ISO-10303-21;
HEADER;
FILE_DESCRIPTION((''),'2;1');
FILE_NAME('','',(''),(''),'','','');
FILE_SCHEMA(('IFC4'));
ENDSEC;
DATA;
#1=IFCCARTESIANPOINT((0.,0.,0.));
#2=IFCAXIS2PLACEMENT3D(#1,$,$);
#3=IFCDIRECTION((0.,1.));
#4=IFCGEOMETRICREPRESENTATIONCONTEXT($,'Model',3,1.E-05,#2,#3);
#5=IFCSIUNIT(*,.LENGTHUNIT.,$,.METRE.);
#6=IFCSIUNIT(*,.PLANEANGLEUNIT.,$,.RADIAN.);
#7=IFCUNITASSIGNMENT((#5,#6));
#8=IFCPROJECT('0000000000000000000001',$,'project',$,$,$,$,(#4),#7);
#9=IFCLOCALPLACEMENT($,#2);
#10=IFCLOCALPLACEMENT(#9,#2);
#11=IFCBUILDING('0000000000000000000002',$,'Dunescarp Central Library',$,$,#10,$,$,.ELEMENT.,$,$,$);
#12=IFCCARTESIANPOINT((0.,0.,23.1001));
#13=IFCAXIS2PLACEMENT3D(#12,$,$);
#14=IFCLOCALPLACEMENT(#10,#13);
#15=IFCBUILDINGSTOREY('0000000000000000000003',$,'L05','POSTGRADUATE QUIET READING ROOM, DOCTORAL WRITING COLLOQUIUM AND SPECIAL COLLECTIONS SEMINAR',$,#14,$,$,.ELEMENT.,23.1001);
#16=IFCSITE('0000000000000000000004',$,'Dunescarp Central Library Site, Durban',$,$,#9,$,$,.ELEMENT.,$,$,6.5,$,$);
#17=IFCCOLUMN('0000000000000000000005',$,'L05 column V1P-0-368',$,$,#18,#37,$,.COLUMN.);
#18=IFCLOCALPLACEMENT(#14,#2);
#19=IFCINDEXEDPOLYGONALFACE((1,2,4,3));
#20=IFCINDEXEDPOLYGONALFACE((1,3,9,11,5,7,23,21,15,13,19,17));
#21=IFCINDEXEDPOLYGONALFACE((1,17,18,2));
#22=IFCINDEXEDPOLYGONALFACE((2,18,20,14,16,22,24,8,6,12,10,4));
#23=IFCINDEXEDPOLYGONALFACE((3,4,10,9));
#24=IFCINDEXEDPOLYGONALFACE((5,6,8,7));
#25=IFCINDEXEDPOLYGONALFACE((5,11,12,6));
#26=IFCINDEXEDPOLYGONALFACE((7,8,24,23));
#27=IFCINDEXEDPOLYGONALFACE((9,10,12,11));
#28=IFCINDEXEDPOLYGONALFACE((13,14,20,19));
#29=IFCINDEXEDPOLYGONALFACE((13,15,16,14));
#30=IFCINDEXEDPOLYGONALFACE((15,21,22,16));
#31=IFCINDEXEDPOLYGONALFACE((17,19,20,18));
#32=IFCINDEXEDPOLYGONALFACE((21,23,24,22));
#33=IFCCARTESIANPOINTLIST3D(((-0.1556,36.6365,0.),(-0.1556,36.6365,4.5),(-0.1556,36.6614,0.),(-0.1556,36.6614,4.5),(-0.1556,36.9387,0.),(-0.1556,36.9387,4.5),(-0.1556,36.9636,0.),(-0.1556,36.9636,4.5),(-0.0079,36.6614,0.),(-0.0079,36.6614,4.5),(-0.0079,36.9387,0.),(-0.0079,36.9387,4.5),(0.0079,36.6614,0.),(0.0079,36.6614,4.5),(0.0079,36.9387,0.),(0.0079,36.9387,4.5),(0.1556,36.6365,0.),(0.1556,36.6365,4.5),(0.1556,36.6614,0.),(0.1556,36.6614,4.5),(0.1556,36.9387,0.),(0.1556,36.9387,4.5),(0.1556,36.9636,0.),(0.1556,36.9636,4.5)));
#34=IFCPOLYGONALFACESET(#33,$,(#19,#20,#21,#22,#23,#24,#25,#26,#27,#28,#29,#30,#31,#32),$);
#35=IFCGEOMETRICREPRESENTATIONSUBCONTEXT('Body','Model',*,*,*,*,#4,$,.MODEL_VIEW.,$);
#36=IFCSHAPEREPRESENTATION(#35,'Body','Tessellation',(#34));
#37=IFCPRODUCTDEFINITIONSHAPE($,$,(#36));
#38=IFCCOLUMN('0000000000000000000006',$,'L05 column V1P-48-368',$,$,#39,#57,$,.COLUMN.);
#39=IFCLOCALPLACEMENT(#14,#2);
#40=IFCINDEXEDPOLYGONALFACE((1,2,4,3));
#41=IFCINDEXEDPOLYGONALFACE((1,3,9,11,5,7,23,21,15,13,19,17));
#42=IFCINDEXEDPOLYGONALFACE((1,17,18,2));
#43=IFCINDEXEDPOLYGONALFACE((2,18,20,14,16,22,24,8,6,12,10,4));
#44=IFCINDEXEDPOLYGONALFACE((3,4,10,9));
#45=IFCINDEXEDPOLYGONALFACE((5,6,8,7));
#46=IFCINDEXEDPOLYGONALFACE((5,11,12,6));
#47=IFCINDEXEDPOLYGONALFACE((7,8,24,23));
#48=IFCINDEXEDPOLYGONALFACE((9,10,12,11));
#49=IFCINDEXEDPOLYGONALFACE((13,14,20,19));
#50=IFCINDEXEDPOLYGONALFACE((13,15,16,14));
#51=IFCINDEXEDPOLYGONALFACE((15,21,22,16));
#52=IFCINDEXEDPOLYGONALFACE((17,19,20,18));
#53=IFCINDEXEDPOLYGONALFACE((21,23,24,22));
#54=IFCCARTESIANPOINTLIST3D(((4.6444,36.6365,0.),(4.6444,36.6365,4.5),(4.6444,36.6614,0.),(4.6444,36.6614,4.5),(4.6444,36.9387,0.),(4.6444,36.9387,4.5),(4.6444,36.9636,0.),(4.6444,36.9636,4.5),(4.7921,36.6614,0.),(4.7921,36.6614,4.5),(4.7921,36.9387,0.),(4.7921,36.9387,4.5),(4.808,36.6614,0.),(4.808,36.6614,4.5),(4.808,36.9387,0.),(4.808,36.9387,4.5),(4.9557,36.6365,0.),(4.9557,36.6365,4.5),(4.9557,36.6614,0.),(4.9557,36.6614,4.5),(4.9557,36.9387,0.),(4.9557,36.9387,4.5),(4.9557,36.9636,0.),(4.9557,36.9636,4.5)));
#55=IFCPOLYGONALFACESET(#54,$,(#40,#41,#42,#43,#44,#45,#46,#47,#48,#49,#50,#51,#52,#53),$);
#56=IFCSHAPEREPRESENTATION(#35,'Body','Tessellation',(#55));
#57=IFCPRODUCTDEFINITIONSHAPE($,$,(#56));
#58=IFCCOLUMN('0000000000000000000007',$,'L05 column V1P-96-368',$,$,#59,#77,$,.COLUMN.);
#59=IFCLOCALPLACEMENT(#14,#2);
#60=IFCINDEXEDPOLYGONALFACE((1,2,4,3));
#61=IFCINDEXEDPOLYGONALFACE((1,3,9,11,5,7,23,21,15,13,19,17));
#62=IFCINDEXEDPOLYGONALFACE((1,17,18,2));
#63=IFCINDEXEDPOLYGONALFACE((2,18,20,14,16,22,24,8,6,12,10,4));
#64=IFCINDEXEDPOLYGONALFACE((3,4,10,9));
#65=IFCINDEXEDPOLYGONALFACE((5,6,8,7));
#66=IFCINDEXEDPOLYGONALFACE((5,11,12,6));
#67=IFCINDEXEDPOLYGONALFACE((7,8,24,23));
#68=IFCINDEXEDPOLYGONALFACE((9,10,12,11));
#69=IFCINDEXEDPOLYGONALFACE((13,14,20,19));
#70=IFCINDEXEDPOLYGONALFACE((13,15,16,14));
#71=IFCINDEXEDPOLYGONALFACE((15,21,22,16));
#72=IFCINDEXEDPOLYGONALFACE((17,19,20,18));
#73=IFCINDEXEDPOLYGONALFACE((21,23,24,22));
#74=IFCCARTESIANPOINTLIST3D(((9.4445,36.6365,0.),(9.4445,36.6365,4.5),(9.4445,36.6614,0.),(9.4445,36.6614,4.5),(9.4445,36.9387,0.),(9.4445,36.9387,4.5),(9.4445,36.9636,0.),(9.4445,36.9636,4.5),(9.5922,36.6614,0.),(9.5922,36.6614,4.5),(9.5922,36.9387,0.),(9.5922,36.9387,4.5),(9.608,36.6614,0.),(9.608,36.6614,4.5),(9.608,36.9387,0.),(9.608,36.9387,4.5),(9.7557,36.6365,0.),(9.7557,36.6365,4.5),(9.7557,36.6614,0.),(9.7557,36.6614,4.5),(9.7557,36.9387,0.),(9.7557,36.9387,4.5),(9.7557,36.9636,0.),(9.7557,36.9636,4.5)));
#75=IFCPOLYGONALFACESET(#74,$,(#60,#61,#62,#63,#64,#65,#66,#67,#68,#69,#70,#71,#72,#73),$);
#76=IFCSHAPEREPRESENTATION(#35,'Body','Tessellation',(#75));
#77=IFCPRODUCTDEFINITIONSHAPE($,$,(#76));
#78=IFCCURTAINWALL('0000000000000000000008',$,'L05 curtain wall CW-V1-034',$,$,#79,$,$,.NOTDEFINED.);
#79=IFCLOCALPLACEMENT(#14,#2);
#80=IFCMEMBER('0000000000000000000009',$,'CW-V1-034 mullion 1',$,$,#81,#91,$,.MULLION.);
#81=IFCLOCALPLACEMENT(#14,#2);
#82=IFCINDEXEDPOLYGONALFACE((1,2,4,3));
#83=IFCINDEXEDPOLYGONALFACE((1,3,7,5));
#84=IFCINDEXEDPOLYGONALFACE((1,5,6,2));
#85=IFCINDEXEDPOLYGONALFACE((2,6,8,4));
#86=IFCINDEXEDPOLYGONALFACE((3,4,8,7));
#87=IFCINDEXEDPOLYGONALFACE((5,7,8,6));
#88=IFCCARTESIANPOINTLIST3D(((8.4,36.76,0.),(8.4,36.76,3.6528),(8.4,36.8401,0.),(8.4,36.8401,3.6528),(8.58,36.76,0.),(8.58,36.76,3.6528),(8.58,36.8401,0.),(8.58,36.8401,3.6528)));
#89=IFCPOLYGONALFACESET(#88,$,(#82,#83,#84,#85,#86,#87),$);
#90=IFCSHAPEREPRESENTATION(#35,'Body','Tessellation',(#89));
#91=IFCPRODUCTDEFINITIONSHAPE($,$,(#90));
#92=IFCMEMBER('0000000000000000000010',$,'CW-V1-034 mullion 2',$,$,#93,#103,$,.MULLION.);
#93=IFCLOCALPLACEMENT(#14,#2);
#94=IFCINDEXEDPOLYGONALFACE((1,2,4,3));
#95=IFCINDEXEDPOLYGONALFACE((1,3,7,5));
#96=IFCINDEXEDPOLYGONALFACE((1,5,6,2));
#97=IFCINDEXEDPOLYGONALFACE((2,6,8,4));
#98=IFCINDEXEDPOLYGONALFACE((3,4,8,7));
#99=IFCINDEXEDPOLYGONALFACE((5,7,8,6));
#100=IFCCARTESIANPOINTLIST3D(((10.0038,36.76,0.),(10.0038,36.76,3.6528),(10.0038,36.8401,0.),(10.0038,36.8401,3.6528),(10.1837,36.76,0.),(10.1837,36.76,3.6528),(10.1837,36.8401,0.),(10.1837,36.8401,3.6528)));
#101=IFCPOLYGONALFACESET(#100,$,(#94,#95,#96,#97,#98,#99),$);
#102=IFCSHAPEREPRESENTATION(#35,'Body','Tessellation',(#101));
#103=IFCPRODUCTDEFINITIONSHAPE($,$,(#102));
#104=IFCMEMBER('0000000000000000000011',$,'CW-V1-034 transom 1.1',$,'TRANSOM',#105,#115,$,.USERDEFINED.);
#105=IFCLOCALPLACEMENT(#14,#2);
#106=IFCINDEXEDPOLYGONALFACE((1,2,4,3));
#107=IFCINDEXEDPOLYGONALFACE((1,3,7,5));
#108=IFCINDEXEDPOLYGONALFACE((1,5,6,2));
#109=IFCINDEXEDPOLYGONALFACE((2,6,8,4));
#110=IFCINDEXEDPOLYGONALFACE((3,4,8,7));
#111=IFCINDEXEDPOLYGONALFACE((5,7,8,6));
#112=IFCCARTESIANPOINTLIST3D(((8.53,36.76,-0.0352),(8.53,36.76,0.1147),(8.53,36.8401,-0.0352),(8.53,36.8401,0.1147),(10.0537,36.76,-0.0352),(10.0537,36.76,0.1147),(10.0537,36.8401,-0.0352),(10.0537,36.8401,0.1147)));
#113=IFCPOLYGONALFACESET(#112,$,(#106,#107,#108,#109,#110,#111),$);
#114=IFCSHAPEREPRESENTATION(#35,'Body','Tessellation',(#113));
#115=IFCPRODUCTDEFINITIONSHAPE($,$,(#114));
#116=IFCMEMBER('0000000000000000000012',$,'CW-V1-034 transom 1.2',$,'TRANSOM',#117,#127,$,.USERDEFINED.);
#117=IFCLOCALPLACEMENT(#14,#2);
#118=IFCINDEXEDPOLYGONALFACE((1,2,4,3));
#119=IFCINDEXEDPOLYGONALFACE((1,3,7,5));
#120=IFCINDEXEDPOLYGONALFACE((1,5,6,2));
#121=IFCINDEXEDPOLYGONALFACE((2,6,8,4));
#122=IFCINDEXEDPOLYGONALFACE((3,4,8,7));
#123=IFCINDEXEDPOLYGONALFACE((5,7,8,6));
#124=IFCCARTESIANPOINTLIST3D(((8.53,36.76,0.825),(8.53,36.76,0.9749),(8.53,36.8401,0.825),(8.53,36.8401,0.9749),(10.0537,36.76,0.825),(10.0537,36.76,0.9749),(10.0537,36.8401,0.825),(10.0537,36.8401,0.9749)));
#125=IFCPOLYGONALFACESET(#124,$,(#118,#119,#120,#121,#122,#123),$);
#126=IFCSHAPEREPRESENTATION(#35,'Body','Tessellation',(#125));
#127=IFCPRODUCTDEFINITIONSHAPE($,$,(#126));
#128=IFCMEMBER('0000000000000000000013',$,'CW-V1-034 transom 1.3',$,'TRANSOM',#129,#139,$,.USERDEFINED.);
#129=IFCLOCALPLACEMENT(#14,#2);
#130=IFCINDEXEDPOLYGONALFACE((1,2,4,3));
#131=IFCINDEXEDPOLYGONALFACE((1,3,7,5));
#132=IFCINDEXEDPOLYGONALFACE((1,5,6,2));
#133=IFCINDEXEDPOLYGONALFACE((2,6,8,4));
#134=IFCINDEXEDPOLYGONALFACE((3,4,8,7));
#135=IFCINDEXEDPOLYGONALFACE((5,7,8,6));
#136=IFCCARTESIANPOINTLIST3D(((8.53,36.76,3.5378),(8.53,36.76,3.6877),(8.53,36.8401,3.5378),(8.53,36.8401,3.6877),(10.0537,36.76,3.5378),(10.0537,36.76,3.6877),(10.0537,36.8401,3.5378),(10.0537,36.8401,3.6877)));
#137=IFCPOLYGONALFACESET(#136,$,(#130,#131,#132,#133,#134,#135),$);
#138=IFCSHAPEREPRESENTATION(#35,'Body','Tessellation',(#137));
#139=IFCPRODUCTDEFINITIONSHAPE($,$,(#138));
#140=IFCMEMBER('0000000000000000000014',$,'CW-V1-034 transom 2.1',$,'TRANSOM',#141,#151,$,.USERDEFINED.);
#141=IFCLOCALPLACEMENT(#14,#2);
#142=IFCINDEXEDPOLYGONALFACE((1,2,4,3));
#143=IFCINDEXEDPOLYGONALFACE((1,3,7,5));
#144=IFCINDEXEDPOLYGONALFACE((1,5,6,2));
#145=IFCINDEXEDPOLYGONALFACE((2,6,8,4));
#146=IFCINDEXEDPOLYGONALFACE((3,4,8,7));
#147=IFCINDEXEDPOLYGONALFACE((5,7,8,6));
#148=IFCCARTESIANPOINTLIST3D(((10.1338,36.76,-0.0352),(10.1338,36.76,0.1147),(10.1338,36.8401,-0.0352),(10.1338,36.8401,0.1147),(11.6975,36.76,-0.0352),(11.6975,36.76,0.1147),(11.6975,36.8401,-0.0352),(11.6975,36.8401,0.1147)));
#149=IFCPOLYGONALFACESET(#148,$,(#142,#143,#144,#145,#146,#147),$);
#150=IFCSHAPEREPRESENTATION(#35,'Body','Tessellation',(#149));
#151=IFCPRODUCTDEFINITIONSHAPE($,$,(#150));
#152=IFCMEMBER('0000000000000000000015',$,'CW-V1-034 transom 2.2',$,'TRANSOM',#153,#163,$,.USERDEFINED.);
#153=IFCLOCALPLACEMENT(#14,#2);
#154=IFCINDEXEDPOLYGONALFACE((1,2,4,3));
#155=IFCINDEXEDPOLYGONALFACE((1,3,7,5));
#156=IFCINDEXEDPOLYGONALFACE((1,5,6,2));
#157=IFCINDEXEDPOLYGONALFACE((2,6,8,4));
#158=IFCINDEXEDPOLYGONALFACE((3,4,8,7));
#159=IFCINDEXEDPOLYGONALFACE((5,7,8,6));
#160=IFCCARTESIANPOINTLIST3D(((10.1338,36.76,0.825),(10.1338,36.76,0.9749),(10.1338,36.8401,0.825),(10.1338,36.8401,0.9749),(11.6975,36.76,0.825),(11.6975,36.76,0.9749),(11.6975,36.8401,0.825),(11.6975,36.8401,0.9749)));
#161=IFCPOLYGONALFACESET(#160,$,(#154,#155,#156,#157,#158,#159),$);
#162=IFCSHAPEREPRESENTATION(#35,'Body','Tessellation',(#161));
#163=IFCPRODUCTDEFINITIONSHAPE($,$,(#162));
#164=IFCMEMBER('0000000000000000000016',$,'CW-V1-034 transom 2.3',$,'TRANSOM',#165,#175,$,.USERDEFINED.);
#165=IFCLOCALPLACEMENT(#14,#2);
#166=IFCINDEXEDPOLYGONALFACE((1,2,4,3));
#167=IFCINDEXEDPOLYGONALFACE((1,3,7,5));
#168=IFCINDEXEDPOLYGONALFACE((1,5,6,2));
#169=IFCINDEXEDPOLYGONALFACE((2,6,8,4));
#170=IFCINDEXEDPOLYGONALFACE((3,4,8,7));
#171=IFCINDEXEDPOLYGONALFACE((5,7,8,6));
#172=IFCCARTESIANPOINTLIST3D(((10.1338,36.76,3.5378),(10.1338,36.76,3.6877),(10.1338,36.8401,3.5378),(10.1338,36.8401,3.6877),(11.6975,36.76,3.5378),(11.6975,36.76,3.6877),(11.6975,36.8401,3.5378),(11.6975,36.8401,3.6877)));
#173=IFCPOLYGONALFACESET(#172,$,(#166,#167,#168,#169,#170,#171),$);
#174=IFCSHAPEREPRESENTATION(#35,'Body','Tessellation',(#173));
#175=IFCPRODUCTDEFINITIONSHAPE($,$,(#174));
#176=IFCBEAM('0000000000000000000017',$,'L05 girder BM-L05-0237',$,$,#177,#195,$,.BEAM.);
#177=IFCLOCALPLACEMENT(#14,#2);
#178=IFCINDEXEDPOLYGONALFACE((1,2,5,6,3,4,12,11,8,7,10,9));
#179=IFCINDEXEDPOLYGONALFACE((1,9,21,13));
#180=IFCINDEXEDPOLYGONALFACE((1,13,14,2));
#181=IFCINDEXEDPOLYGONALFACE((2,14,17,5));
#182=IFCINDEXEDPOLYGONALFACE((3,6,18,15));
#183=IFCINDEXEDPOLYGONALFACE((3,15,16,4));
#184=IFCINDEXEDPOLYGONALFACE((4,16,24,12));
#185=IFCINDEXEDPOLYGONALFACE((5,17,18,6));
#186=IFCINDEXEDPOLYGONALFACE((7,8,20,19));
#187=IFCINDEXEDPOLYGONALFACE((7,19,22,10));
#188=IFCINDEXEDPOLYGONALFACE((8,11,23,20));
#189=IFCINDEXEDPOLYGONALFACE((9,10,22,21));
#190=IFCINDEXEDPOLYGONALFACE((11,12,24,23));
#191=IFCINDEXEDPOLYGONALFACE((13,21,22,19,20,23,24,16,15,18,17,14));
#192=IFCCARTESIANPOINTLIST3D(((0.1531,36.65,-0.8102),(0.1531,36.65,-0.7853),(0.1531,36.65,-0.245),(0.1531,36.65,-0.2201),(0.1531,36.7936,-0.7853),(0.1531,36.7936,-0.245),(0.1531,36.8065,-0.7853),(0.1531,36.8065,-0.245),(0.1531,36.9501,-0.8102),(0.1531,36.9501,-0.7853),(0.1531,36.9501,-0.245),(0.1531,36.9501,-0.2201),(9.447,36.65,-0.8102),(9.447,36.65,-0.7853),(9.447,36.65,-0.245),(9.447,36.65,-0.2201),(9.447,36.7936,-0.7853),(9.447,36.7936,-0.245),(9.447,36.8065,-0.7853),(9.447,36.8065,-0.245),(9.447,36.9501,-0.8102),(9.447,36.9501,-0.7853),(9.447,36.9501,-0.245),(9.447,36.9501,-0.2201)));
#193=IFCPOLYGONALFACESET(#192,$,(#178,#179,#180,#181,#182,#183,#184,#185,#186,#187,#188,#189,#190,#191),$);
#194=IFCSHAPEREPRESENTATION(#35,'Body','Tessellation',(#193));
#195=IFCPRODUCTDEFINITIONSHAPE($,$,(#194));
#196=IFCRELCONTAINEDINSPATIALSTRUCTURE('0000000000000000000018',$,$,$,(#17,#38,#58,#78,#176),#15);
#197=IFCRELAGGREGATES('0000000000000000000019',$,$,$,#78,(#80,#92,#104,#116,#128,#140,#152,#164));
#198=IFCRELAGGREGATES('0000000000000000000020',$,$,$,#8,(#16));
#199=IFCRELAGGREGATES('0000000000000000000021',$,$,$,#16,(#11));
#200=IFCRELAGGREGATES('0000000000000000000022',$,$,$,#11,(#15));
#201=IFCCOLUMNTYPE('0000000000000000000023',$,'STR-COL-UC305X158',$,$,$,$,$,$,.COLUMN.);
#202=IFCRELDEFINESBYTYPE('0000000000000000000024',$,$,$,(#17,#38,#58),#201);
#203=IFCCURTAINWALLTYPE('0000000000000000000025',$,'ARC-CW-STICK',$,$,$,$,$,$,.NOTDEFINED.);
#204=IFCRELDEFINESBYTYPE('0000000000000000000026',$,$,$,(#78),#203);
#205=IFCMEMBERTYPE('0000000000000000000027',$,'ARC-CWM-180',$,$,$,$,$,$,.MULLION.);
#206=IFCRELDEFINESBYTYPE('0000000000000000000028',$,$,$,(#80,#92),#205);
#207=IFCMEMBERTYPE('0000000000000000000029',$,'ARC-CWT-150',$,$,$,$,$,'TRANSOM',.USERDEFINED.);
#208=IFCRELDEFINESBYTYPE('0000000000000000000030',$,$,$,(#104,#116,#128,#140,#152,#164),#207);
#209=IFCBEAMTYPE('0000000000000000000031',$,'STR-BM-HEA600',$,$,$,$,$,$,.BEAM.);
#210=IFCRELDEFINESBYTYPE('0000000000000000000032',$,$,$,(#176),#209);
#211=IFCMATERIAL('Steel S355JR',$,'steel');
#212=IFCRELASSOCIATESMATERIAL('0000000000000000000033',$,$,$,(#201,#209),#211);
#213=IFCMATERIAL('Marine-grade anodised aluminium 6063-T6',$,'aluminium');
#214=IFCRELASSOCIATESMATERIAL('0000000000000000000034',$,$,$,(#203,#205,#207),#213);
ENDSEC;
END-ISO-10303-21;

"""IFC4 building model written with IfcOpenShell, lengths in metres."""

from ifc_helpers import new_model, si_unit, direction, frame, origin, origin_2d, place, context, subcontext, project, spatial, rectangle, i_section, extrude, material, material_profile, profile_set, type_object, element, aggregate, save


model = new_model("IFC4")

# Units and contexts
model_context = context("Model", 3, precision=1e-05, world=origin(), true_north=direction((0.0, 1.0)))
body_context = subcontext(model_context, "Body", "Model", "MODEL_VIEW")
ifc_project = project(units=[si_unit("LENGTHUNIT", "METRE"), si_unit("PLANEANGLEUNIT", "RADIAN")], contexts=[model_context])

# Site, building, storey
site_placement = place(None, origin())
site = spatial("IfcSite", under=ifc_project, at=site_placement, Name="Dunescarp Central Library Site, Durban", CompositionType="ELEMENT", RefElevation=6.5)
building_placement = place(site_placement, origin())
building = spatial("IfcBuilding", under=site, at=building_placement, Name="Dunescarp Central Library", CompositionType="ELEMENT")
storey_placement = place(building_placement, frame((0.0, 0.0, 23.1001)))
storey = spatial("IfcBuildingStorey", under=building, at=storey_placement, Name="L05", Description="POSTGRADUATE QUIET READING ROOM, DOCTORAL WRITING COLLOQUIUM AND SPECIAL COLLECTIONS SEMINAR", CompositionType="ELEMENT", Elevation=23.1001)

# Columns
ifc_material_1 = material(Name="Steel S355JR", Category="steel")
ifc_material_profile_1 = material_profile(ifc_material_1, i_section(OverallWidth=0.3113, OverallDepth=0.3271, WebThickness=0.0159, FlangeThickness=0.0249, at=origin_2d()), Name="UC 305x305x158")
ifc_profile_set_1 = profile_set([ifc_material_profile_1], Name="Steel S355JR")
column_type = type_object("IfcColumnType", Name="STR-COL-UC305X158", PredefinedType="COLUMN", material=ifc_profile_set_1)
for number, where, z_axis, x_axis, name in (
    (1, (0.0, 36.8, 0.0), (0.0, 0.0, 1.0), (1.0, 0.0, 0.0), "L05 column V1P-0-368"),
    (2, (4.8, 36.8, 0.0), (0.0, 0.0, 1.0), (1.0, 0.0, 0.0), "L05 column V1P-48-368"),
    (3, (9.6001, 36.8, 0.0), (0.0, 0.0, 1.0), (1.0, 0.0, 0.0), "L05 column V1P-96-368"),
):
    element("IfcColumn", number, at=place(storey_placement, frame(where, z_axis=z_axis, x_axis=x_axis)), inside=storey, type_object=column_type, Name=name, PredefinedType="COLUMN", context=body_context, shape_type="SweptSolid", body=[
        extrude(i_section(OverallWidth=0.3113, OverallDepth=0.3271, WebThickness=0.0159, FlangeThickness=0.0249, at=origin_2d()), origin(), (0.0, 0.0, 1.0), 4.5),
    ])

# Curtain wall, members
ifc_material_2 = material(Name="Marine-grade anodised aluminium 6063-T6", Category="aluminium")
curtain_wall_type = type_object("IfcCurtainWallType", Name="ARC-CW-STICK", PredefinedType="NOTDEFINED", material=ifc_material_2)
curtain_wall_placement = place(storey_placement, origin())
curtain_wall = element("IfcCurtainWall", 4, at=curtain_wall_placement, inside=storey, type_object=curtain_wall_type, Name="L05 curtain wall CW-V1-034", PredefinedType="NOTDEFINED")
ifc_material_profile_2 = material_profile(ifc_material_2, rectangle(XDim=0.0801, YDim=0.1799, at=origin_2d()), Name="AL 80x180")
ifc_profile_set_2 = profile_set([ifc_material_profile_2], Name="Marine-grade anodised aluminium 6063-T6")
member_type_1 = type_object("IfcMemberType", Name="ARC-CWM-180", PredefinedType="MULLION", material=ifc_profile_set_2)
member_1_placement = place(storey_placement, frame((8.49, 36.8, 0.0), z_axis=(0.0, 0.0, 1.0), x_axis=(0.0, 1.0, 0.0)))
member_1 = element("IfcMember", 5, at=member_1_placement, type_object=member_type_1, Name="CW-V1-034 mullion 1", PredefinedType="MULLION", context=body_context, shape_type="SweptSolid", body=[
    extrude(rectangle(XDim=0.0801, YDim=0.1799, at=origin_2d()), origin(), (0.0, 0.0, 1.0), 3.6528),
])
member_2_placement = place(storey_placement, frame((10.0938, 36.8, 0.0), z_axis=(0.0, 0.0, 1.0), x_axis=(0.0, 1.0, 0.0)))
member_2 = element("IfcMember", 6, at=member_2_placement, type_object=member_type_1, Name="CW-V1-034 mullion 2", PredefinedType="MULLION", context=body_context, shape_type="SweptSolid", body=[
    extrude(rectangle(XDim=0.0801, YDim=0.1799, at=origin_2d()), origin(), (0.0, 0.0, 1.0), 3.6528),
])
ifc_material_profile_3 = material_profile(ifc_material_2, rectangle(XDim=0.0801, YDim=0.1499, at=origin_2d()), Name="AL 80x150")
ifc_profile_set_3 = profile_set([ifc_material_profile_3], Name="Marine-grade anodised aluminium 6063-T6")
member_type_2 = type_object("IfcMemberType", Name="ARC-CWT-150", ElementType="TRANSOM", PredefinedType="USERDEFINED", material=ifc_profile_set_3)
member_3_placement = place(storey_placement, frame((8.53, 36.8, 0.0398), z_axis=(1.0, 0.0, 0.0), x_axis=(0.0, 1.0, 0.0)))
member_3 = element("IfcMember", 7, at=member_3_placement, type_object=member_type_2, Name="CW-V1-034 transom 1.1", ObjectType="TRANSOM", PredefinedType="USERDEFINED", context=body_context, shape_type="SweptSolid", body=[
    extrude(rectangle(XDim=0.0801, YDim=0.1499, at=origin_2d()), origin(), (0.0, 0.0, 1.0), 1.5237),
])
member_4_placement = place(storey_placement, frame((8.53, 36.8, 0.8999), z_axis=(1.0, 0.0, 0.0), x_axis=(0.0, 1.0, 0.0)))
member_4 = element("IfcMember", 8, at=member_4_placement, type_object=member_type_2, Name="CW-V1-034 transom 1.2", ObjectType="TRANSOM", PredefinedType="USERDEFINED", context=body_context, shape_type="SweptSolid", body=[
    extrude(rectangle(XDim=0.0801, YDim=0.1499, at=origin_2d()), origin(), (0.0, 0.0, 1.0), 1.5237),
])
member_5_placement = place(storey_placement, frame((8.53, 36.8, 3.6128), z_axis=(1.0, 0.0, 0.0), x_axis=(0.0, 1.0, 0.0)))
member_5 = element("IfcMember", 9, at=member_5_placement, type_object=member_type_2, Name="CW-V1-034 transom 1.3", ObjectType="TRANSOM", PredefinedType="USERDEFINED", context=body_context, shape_type="SweptSolid", body=[
    extrude(rectangle(XDim=0.0801, YDim=0.1499, at=origin_2d()), origin(), (0.0, 0.0, 1.0), 1.5237),
])
member_6_placement = place(storey_placement, frame((10.1338, 36.8, 0.0398), z_axis=(1.0, 0.0, 0.0), x_axis=(0.0, 1.0, 0.0)))
member_6 = element("IfcMember", 10, at=member_6_placement, type_object=member_type_2, Name="CW-V1-034 transom 2.1", ObjectType="TRANSOM", PredefinedType="USERDEFINED", context=body_context, shape_type="SweptSolid", body=[
    extrude(rectangle(XDim=0.0801, YDim=0.1499, at=origin_2d()), origin(), (0.0, 0.0, 1.0), 1.5637),
])
member_7_placement = place(storey_placement, frame((10.1338, 36.8, 0.8999), z_axis=(1.0, 0.0, 0.0), x_axis=(0.0, 1.0, 0.0)))
member_7 = element("IfcMember", 11, at=member_7_placement, type_object=member_type_2, Name="CW-V1-034 transom 2.2", ObjectType="TRANSOM", PredefinedType="USERDEFINED", context=body_context, shape_type="SweptSolid", body=[
    extrude(rectangle(XDim=0.0801, YDim=0.1499, at=origin_2d()), origin(), (0.0, 0.0, 1.0), 1.5637),
])
member_8_placement = place(storey_placement, frame((10.1338, 36.8, 3.6128), z_axis=(1.0, 0.0, 0.0), x_axis=(0.0, 1.0, 0.0)))
member_8 = element("IfcMember", 12, at=member_8_placement, type_object=member_type_2, Name="CW-V1-034 transom 2.3", ObjectType="TRANSOM", PredefinedType="USERDEFINED", context=body_context, shape_type="SweptSolid", body=[
    extrude(rectangle(XDim=0.0801, YDim=0.1499, at=origin_2d()), origin(), (0.0, 0.0, 1.0), 1.5637),
])

# Beam
ifc_material_profile_4 = material_profile(ifc_material_1, i_section(OverallWidth=0.3, OverallDepth=0.5901, WebThickness=0.0129, FlangeThickness=0.0249, at=origin_2d()), Name="HEA 600")
ifc_profile_set_4 = profile_set([ifc_material_profile_4], Name="Steel S355JR")
beam_type = type_object("IfcBeamType", Name="STR-BM-HEA600", PredefinedType="BEAM", material=ifc_profile_set_4)
beam_1_placement = place(storey_placement, frame((0.1531, 36.8, -0.5151), z_axis=(1.0, 0.0, 0.0), x_axis=(0.0, 1.0, 0.0)))
element("IfcBeam", 13, at=beam_1_placement, inside=storey, type_object=beam_type, Name="L05 girder BM-L05-0237", PredefinedType="BEAM", context=body_context, shape_type="SweptSolid", body=[
    extrude(i_section(OverallWidth=0.3, OverallDepth=0.5901, WebThickness=0.0129, FlangeThickness=0.0249, at=origin_2d()), origin(), (0.0, 0.0, 1.0), 9.2939),
])

aggregate(curtain_wall, [member_1, member_2, member_3, member_4, member_5, member_6, member_7, member_8])

save(model, "model.ifc")
